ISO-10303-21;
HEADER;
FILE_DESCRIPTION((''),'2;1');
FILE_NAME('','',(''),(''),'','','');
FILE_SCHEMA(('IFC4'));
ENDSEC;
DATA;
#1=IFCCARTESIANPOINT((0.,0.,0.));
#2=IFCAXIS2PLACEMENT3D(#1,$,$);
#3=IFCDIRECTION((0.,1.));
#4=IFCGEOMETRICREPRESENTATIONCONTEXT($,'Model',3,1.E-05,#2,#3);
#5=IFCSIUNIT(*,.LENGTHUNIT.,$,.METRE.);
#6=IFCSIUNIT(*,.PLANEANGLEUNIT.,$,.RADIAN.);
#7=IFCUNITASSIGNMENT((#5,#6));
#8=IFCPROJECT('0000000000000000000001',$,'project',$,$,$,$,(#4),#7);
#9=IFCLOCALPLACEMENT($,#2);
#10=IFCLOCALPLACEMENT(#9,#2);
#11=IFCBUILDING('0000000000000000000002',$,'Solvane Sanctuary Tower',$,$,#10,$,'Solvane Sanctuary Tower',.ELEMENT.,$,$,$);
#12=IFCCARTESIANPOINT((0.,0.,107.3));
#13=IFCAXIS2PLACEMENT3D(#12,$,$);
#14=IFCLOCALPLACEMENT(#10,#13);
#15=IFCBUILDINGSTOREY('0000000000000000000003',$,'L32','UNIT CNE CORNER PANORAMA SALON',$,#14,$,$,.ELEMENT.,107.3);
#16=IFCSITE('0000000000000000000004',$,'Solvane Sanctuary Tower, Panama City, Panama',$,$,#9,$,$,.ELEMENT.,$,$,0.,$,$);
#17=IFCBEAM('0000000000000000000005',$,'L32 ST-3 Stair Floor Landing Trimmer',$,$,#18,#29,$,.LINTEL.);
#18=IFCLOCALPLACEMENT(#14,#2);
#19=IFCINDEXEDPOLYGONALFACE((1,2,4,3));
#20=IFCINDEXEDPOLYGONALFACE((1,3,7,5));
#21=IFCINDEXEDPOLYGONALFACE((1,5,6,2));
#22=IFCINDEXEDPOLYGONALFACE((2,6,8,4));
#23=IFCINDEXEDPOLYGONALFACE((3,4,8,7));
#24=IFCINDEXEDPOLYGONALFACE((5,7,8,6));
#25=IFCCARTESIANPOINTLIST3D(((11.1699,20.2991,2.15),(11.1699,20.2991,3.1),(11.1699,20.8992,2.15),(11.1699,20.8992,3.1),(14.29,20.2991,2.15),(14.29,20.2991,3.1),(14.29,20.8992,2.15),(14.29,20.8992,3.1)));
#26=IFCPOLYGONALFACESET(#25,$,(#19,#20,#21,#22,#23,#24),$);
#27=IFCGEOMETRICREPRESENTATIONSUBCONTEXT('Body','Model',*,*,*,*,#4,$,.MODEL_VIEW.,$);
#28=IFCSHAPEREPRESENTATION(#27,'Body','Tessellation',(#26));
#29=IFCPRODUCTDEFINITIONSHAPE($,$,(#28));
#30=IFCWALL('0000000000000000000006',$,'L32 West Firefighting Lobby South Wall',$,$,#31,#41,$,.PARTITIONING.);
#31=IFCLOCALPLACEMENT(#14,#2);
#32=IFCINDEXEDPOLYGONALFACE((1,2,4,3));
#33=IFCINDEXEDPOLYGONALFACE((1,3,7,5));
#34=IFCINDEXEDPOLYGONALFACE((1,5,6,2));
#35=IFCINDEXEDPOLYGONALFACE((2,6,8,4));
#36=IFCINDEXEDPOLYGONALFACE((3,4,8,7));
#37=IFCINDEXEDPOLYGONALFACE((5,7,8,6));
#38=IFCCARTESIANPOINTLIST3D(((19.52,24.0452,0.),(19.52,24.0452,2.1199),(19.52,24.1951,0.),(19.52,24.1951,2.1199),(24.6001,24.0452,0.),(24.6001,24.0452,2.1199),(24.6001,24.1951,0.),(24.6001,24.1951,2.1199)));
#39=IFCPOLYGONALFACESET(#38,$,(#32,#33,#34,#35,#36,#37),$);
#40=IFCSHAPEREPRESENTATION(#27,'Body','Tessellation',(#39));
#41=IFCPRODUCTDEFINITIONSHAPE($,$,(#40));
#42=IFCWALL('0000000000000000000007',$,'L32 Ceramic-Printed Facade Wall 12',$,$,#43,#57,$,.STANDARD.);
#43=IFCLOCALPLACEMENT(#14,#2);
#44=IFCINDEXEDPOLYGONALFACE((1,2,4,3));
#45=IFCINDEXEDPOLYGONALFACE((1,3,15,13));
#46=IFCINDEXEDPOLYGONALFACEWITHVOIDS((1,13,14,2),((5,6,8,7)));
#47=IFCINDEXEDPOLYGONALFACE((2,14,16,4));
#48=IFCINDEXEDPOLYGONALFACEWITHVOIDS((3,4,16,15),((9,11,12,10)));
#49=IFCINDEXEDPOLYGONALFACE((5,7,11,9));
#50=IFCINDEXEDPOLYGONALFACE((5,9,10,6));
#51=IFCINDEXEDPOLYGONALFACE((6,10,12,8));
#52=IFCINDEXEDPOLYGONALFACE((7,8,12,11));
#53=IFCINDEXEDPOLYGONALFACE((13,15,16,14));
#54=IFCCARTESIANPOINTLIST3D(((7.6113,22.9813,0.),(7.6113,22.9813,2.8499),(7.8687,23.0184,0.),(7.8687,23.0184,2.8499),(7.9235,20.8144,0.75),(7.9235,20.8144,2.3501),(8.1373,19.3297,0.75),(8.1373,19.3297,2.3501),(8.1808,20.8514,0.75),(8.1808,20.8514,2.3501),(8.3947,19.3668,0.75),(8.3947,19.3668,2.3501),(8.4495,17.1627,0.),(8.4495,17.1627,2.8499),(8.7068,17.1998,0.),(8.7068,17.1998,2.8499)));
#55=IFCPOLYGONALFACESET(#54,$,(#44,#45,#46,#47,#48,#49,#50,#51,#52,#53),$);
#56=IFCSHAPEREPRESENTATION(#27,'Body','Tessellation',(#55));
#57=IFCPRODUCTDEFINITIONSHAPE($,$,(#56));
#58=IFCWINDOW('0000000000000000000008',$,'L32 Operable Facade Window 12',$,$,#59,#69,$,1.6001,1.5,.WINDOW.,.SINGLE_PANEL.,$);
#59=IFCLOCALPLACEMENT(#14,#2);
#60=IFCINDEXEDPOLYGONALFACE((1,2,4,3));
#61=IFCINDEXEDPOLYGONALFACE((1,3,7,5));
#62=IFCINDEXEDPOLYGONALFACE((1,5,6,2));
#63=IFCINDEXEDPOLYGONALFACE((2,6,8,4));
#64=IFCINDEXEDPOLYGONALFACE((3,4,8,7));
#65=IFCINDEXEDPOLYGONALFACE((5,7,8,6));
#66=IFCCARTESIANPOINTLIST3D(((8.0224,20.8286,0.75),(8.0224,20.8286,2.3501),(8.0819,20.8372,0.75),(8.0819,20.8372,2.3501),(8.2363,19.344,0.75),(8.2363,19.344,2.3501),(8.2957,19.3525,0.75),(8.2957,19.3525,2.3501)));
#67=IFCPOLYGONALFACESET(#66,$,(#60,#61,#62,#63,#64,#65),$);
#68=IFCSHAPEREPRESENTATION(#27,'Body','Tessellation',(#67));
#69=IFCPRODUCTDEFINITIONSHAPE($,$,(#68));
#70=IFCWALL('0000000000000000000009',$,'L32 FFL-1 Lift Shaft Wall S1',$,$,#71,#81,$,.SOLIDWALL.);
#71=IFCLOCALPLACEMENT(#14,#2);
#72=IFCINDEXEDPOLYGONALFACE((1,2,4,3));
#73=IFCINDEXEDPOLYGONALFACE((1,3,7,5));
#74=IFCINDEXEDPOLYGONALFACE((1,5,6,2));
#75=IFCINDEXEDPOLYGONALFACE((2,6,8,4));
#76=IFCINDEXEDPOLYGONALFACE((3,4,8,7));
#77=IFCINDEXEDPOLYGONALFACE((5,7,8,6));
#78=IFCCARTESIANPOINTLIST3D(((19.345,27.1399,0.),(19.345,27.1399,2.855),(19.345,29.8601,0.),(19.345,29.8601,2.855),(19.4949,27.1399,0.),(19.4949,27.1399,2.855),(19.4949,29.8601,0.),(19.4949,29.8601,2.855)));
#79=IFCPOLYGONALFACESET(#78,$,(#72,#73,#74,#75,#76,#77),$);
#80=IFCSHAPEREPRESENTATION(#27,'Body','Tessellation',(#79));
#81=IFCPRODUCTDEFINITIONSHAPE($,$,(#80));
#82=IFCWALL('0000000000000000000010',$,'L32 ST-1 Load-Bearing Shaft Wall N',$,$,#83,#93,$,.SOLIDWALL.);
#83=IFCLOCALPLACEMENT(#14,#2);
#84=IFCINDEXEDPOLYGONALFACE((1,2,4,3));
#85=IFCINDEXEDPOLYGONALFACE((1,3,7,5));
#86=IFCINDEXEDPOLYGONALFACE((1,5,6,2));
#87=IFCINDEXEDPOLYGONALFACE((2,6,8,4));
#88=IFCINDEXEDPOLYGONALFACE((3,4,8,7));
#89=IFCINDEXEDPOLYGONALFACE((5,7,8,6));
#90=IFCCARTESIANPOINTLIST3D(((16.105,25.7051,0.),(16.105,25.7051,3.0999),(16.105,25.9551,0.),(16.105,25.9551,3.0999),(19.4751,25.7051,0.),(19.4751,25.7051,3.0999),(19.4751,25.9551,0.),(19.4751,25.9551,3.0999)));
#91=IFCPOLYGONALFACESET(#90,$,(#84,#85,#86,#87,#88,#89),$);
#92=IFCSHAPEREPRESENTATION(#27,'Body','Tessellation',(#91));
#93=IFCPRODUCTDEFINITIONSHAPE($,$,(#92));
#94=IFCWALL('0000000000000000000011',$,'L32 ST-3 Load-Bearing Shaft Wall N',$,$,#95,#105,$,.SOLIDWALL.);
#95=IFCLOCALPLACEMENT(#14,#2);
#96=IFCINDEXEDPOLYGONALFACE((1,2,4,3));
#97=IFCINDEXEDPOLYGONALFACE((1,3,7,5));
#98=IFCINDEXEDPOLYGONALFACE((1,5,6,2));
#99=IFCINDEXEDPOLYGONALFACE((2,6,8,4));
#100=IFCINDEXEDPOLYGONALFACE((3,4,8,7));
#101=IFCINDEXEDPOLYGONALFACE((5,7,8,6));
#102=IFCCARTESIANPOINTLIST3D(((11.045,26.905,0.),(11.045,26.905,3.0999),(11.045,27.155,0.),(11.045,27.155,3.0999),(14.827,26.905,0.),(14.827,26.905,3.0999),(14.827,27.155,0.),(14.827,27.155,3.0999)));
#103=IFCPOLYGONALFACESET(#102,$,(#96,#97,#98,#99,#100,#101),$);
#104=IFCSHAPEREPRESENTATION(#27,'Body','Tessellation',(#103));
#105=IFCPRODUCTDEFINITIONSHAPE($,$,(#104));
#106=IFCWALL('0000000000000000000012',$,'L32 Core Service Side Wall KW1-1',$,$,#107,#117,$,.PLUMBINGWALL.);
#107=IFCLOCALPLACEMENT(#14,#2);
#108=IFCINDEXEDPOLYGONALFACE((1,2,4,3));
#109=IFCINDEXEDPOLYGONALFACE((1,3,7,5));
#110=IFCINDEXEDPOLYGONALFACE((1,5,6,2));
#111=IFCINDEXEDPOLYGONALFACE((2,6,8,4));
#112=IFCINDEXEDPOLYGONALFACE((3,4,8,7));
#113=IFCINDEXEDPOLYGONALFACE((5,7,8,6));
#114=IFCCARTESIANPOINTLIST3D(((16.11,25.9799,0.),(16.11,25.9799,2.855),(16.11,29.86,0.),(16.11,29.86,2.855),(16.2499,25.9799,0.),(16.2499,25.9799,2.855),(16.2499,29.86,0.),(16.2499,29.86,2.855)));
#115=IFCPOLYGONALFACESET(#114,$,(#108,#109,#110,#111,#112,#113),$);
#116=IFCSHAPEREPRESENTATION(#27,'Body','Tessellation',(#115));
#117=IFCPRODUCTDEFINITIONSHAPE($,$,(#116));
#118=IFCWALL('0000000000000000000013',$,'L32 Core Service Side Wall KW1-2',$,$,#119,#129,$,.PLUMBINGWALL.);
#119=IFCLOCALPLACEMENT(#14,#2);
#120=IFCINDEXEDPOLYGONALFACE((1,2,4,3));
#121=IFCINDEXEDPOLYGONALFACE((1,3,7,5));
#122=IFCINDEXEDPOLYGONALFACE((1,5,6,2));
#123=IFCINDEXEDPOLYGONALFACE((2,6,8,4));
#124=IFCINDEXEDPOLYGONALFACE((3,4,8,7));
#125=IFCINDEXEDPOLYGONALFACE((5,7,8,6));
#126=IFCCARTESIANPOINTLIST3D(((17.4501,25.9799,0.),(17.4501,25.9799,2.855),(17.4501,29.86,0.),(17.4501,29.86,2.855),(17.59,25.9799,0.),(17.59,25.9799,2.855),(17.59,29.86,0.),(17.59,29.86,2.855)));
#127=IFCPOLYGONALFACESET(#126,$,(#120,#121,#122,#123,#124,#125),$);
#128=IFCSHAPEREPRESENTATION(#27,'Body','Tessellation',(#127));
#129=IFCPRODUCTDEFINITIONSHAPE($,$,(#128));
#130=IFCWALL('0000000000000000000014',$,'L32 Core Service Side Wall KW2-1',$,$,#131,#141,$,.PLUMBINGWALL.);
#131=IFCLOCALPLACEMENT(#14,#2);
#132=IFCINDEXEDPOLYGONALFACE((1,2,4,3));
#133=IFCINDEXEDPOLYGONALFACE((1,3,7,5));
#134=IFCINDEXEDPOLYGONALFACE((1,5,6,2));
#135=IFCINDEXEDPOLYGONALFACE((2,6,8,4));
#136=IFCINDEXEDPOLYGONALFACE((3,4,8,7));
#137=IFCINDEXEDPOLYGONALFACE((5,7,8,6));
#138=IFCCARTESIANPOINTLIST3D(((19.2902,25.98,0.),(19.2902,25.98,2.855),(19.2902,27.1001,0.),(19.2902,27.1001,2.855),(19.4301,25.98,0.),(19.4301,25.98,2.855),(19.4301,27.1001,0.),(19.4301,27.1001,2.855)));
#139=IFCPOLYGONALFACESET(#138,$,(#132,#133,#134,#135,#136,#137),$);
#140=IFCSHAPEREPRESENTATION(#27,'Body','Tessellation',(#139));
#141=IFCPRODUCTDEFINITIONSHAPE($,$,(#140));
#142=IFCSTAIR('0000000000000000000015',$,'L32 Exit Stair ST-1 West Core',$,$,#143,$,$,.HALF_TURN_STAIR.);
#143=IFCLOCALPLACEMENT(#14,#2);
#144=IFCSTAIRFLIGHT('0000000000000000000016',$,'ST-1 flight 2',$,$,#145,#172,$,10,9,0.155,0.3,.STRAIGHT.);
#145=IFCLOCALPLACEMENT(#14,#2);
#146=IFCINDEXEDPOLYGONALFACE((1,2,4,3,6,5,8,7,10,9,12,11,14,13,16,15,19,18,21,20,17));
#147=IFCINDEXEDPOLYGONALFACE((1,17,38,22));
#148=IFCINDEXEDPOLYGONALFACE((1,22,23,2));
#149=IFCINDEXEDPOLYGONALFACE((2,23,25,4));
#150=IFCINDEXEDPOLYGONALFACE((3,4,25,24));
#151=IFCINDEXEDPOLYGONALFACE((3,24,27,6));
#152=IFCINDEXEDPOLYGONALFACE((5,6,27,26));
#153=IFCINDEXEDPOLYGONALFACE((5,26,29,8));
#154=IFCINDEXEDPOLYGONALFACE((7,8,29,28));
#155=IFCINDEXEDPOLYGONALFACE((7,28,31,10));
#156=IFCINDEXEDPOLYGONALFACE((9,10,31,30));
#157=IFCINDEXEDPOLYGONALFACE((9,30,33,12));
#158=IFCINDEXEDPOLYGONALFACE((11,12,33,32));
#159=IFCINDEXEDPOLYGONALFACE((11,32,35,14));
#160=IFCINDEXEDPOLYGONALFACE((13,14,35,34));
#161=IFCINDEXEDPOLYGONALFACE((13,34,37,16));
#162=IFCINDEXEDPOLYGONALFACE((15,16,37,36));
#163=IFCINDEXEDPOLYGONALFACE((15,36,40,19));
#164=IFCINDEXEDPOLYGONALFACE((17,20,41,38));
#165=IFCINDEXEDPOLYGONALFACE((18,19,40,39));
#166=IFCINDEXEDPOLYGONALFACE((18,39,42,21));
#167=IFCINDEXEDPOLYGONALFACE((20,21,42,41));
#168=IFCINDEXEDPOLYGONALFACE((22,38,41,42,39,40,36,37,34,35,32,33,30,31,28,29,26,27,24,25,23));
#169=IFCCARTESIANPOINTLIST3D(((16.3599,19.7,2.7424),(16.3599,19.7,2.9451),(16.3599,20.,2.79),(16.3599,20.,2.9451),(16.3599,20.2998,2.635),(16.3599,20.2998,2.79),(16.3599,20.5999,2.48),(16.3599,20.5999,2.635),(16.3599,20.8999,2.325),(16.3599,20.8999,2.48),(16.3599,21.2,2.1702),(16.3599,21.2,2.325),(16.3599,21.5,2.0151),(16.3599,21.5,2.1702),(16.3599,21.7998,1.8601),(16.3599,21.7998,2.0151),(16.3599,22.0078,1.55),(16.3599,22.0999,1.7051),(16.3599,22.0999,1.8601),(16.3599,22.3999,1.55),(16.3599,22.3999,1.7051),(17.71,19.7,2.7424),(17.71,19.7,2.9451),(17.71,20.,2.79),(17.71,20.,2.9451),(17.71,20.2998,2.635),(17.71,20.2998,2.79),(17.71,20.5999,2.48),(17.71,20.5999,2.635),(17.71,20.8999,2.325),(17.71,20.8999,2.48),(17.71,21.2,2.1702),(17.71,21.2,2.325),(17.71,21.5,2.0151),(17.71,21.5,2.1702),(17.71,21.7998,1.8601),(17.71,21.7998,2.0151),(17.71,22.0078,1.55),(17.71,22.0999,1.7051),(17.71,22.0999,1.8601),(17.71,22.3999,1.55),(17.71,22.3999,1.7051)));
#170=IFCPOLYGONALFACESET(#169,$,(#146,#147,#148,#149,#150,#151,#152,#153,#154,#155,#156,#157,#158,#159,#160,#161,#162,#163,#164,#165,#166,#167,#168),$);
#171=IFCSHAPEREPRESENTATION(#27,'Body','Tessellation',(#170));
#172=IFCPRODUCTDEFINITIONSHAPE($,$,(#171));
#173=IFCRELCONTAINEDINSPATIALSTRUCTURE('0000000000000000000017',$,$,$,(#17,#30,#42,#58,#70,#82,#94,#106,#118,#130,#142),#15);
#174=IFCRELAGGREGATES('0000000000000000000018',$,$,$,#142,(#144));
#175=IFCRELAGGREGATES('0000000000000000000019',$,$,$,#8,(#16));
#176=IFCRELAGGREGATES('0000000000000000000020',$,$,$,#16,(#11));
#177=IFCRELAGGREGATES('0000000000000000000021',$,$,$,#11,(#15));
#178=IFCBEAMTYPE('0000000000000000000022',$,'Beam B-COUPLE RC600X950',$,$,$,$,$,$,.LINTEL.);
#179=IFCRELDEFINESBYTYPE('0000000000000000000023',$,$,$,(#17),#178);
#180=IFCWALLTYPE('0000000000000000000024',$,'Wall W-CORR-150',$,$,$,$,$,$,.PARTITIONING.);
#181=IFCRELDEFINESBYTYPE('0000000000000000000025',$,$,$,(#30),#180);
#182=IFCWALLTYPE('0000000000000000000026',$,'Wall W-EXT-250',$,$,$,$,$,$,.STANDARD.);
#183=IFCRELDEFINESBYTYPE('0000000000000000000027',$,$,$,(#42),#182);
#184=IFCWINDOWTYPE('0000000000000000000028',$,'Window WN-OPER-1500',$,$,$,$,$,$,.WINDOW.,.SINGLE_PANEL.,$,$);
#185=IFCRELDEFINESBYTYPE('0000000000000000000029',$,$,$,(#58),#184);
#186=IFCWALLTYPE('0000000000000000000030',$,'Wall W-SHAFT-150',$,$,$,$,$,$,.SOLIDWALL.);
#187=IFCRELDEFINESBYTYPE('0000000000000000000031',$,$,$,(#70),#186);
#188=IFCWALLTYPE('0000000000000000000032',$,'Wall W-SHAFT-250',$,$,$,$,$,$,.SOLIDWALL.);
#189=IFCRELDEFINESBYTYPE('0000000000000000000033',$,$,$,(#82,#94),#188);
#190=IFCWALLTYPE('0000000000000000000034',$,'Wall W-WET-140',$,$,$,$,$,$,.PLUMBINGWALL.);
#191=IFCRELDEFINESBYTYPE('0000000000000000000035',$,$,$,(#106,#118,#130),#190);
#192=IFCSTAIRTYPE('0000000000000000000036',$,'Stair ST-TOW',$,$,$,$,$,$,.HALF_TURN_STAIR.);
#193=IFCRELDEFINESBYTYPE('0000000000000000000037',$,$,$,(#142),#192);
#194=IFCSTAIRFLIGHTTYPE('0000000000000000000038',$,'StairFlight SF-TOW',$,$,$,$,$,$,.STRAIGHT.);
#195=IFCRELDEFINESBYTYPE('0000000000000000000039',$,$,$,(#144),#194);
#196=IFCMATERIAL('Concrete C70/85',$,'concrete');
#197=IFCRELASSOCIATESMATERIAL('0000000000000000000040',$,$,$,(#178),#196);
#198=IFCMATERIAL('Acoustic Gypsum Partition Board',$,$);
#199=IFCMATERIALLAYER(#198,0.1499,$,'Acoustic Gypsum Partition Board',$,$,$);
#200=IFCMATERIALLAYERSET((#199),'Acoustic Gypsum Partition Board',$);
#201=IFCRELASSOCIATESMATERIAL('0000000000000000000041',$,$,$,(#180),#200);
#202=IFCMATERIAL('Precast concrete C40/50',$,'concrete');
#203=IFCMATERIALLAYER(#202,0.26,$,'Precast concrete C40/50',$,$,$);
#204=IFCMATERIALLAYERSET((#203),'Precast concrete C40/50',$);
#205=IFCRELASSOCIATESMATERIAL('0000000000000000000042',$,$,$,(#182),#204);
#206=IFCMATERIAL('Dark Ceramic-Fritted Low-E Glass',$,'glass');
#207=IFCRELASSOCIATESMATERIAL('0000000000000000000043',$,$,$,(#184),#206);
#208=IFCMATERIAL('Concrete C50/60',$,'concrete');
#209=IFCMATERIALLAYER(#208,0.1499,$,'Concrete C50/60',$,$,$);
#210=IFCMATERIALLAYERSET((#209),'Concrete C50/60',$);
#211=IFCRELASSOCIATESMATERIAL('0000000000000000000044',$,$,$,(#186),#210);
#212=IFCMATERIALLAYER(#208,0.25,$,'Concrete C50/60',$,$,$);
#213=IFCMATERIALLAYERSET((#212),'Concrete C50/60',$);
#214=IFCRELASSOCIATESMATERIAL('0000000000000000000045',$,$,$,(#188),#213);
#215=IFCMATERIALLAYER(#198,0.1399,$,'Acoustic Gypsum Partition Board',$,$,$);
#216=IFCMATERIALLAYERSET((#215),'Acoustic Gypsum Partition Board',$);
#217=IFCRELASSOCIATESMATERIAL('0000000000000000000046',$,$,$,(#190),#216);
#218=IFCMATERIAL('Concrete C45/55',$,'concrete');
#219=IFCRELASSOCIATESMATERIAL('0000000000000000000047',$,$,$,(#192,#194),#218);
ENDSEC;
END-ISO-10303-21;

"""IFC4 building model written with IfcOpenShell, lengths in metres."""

from ifc_helpers import new_model, si_unit, direction, frame, frame_2d, origin, origin_2d, place, context, subcontext, project, spatial, polyline, rectangle, outline, extrude, material, layer, layer_set, material_profile, profile_set, type_object, element, fill, aggregate, save


model = new_model("IFC4")

# Units and contexts
model_context = context("Model", 3, precision=1e-05, world=origin(), true_north=direction((0.0, 1.0)))
body_context = subcontext(model_context, "Body", "Model", "MODEL_VIEW")
ifc_project = project(units=[si_unit("LENGTHUNIT", "METRE"), si_unit("PLANEANGLEUNIT", "RADIAN")], contexts=[model_context])

# Site, building, storey
site_placement = place(None, origin())
site = spatial("IfcSite", under=ifc_project, at=site_placement, Name="Solvane Sanctuary Tower, Panama City, Panama", CompositionType="ELEMENT", RefElevation=0.0)
building_placement = place(site_placement, origin())
building = spatial("IfcBuilding", under=site, at=building_placement, Name="Solvane Sanctuary Tower", LongName="Solvane Sanctuary Tower", CompositionType="ELEMENT")
storey_placement = place(building_placement, frame((0.0, 0.0, 107.3)))
storey = spatial("IfcBuildingStorey", under=building, at=storey_placement, Name="L32", Description="UNIT CNE CORNER PANORAMA SALON", CompositionType="ELEMENT", Elevation=107.3)

# Beam
ifc_material_1 = material(Name="Concrete C70/85", Category="concrete")
ifc_material_profile = material_profile(ifc_material_1, rectangle(XDim=0.6001, YDim=0.95, at=origin_2d()), Name="RC600X950")
ifc_profile_set = profile_set([ifc_material_profile], Name="Concrete C70/85")
beam_type = type_object("IfcBeamType", Name="Beam B-COUPLE RC600X950", PredefinedType="LINTEL", material=ifc_profile_set)
beam_placement = place(storey_placement, frame((11.1699, 20.5991, 2.625), z_axis=(1.0, 0.0, 0.0), x_axis=(0.0, 1.0, 0.0)))
element("IfcBeam", 1, at=beam_placement, inside=storey, type_object=beam_type, Name="L32 ST-3 Stair Floor Landing Trimmer", PredefinedType="LINTEL", context=body_context, shape_type="SweptSolid", body=[
    extrude(rectangle(XDim=0.6001, YDim=0.95, at=origin_2d()), origin(), (0.0, 0.0, 1.0), 3.1201),
])

# Wall
ifc_material_2 = material(Name="Acoustic Gypsum Partition Board")
ifc_layer_1 = layer(ifc_material_2, 0.1499, Name="Acoustic Gypsum Partition Board")
ifc_layer_set_1 = layer_set([ifc_layer_1], Name="Acoustic Gypsum Partition Board")
wall_type_1 = type_object("IfcWallType", Name="Wall W-CORR-150", PredefinedType="PARTITIONING", material=ifc_layer_set_1)
wall_1_placement = place(storey_placement, frame((19.52, 24.1201, 0.0), z_axis=(0.0, 0.0, 1.0), x_axis=(1.0, 0.0, 0.0)))
element("IfcWall", 2, at=wall_1_placement, inside=storey, type_object=wall_type_1, Name="L32 West Firefighting Lobby South Wall", PredefinedType="PARTITIONING", context=body_context, shape_type="SweptSolid", body=[
    extrude(rectangle(XDim=5.0801, YDim=0.1499, at=frame_2d((2.54, 0.0))), origin(), (0.0, 0.0, 1.0), 2.1199),
])

# Wall, opening, window
ifc_material_3 = material(Name="Precast concrete C40/50", Category="concrete")
ifc_layer_2 = layer(ifc_material_3, 0.26, Name="Precast concrete C40/50")
ifc_layer_set_2 = layer_set([ifc_layer_2], Name="Precast concrete C40/50")
wall_type_2 = type_object("IfcWallType", Name="Wall W-EXT-250", PredefinedType="STANDARD", material=ifc_layer_set_2)
wall_2_placement = place(storey_placement, frame((7.74, 23.0, 0.0), z_axis=(0.0, 0.0, 1.0), x_axis=(0.142572, -0.989784, 0.0)))
wall_2 = element("IfcWall", 3, at=wall_2_placement, inside=storey, type_object=wall_type_2, Name="L32 Ceramic-Printed Facade Wall 12", PredefinedType="STANDARD", context=body_context, shape_type="SweptSolid", body=[
    extrude(rectangle(XDim=5.8787, YDim=0.26, at=frame_2d((2.9395, 0.0))), origin(), (0.0, 0.0, 1.0), 2.8499),
])
opening_placement = place(wall_2_placement, frame((2.1895, 0.0, 0.75)))
opening = element("IfcOpeningElement", 4, at=opening_placement, cuts=wall_2, PredefinedType="OPENING", context=body_context, shape_type="SweptSolid", body=[
    extrude(rectangle(XDim=1.5, YDim=1.6001, at=frame_2d((0.75, 0.8))), frame((0.0, 0.1399, 0.0), z_axis=(0.0, -1.0, 0.0), x_axis=(1.0, 0.0, 0.0)), (0.0, 0.0, 1.0), 0.28),
])
ifc_material_4 = material(Name="Dark Ceramic-Fritted Low-E Glass", Category="glass")
window_type = type_object("IfcWindowType", Name="Window WN-OPER-1500", PartitioningType="SINGLE_PANEL", PredefinedType="WINDOW", material=ifc_material_4)
window_placement = place(opening_placement, origin())
window = element("IfcWindow", 5, at=window_placement, inside=storey, type_object=window_type, Name="L32 Operable Facade Window 12", OverallHeight=1.6001, OverallWidth=1.5, PartitioningType="SINGLE_PANEL", PredefinedType="WINDOW", context=body_context, shape_type="SweptSolid", body=[
    extrude(rectangle(XDim=1.5, YDim=1.6001, at=frame_2d((0.75, 0.8))), frame((0.0, 0.03, 0.0), z_axis=(0.0, -1.0, 0.0), x_axis=(1.0, 0.0, 0.0)), (0.0, 0.0, 1.0), 0.0601),
])
fill(opening, window)

# Walls
ifc_material_5 = material(Name="Concrete C50/60", Category="concrete")
ifc_layer_3 = layer(ifc_material_5, 0.1499, Name="Concrete C50/60")
ifc_layer_set_3 = layer_set([ifc_layer_3], Name="Concrete C50/60")
wall_type_3 = type_object("IfcWallType", Name="Wall W-SHAFT-150", PredefinedType="SOLIDWALL", material=ifc_layer_set_3)
wall_3_placement = place(storey_placement, frame((19.4199, 27.1399, 0.0), z_axis=(0.0, 0.0, 1.0), x_axis=(0.0, 1.0, 0.0)))
element("IfcWall", 6, at=wall_3_placement, inside=storey, type_object=wall_type_3, Name="L32 FFL-1 Lift Shaft Wall S1", PredefinedType="SOLIDWALL", context=body_context, shape_type="SweptSolid", body=[
    extrude(rectangle(XDim=2.7202, YDim=0.1499, at=frame_2d((1.3601, 0.0))), origin(), (0.0, 0.0, 1.0), 2.855),
])
ifc_layer_4 = layer(ifc_material_5, 0.25, Name="Concrete C50/60")
ifc_layer_set_4 = layer_set([ifc_layer_4], Name="Concrete C50/60")
wall_type_4 = type_object("IfcWallType", Name="Wall W-SHAFT-250", PredefinedType="SOLIDWALL", material=ifc_layer_set_4)
wall_4_placement = place(storey_placement, frame((16.105, 25.8301, 0.0), z_axis=(0.0, 0.0, 1.0), x_axis=(1.0, 0.0, 0.0)))
element("IfcWall", 7, at=wall_4_placement, inside=storey, type_object=wall_type_4, Name="L32 ST-1 Load-Bearing Shaft Wall N", PredefinedType="SOLIDWALL", context=body_context, shape_type="SweptSolid", body=[
    extrude(rectangle(XDim=3.3701, YDim=0.25, at=frame_2d((1.6851, 0.0))), origin(), (0.0, 0.0, 1.0), 3.0999),
])
wall_5_placement = place(storey_placement, frame((11.0449, 27.03, 0.0), z_axis=(0.0, 0.0, 1.0), x_axis=(1.0, 0.0, 0.0)))
element("IfcWall", 8, at=wall_5_placement, inside=storey, type_object=wall_type_4, Name="L32 ST-3 Load-Bearing Shaft Wall N", PredefinedType="SOLIDWALL", context=body_context, shape_type="SweptSolid", body=[
    extrude(rectangle(XDim=3.782, YDim=0.25, at=frame_2d((1.8911, 0.0))), origin(), (0.0, 0.0, 1.0), 3.0999),
])
ifc_layer_5 = layer(ifc_material_2, 0.1399, Name="Acoustic Gypsum Partition Board")
ifc_layer_set_5 = layer_set([ifc_layer_5], Name="Acoustic Gypsum Partition Board")
wall_type_5 = type_object("IfcWallType", Name="Wall W-WET-140", PredefinedType="PLUMBINGWALL", material=ifc_layer_set_5)
for number, where, z_axis, x_axis, name in (
    (9, (16.1799, 25.98, 0.0), (0.0, 0.0, 1.0), (0.0, 1.0, 0.0), "L32 Core Service Side Wall KW1-1"),
    (10, (17.52, 25.98, 0.0), (0.0, 0.0, 1.0), (0.0, 1.0, 0.0), "L32 Core Service Side Wall KW1-2"),
):
    element("IfcWall", number, at=place(storey_placement, frame(where, z_axis=z_axis, x_axis=x_axis)), inside=storey, type_object=wall_type_5, Name=name, PredefinedType="PLUMBINGWALL", context=body_context, shape_type="SweptSolid", body=[
        extrude(rectangle(XDim=3.8801, YDim=0.1399, at=frame_2d((1.9399, 0.0))), origin(), (0.0, 0.0, 1.0), 2.855),
    ])
wall_6_placement = place(storey_placement, frame((19.3601, 25.98, 0.0), z_axis=(0.0, 0.0, 1.0), x_axis=(0.0, 1.0, 0.0)))
element("IfcWall", 11, at=wall_6_placement, inside=storey, type_object=wall_type_5, Name="L32 Core Service Side Wall KW2-1", PredefinedType="PLUMBINGWALL", context=body_context, shape_type="SweptSolid", body=[
    extrude(rectangle(XDim=1.1201, YDim=0.1399, at=frame_2d((0.5601, 0.0))), origin(), (0.0, 0.0, 1.0), 2.855),
])

# Stair, stair flight
ifc_material_6 = material(Name="Concrete C45/55", Category="concrete")
stair_type = type_object("IfcStairType", Name="Stair ST-TOW", PredefinedType="HALF_TURN_STAIR", material=ifc_material_6)
stair_1_placement = place(storey_placement, origin())
stair_1 = element("IfcStair", 12, at=stair_1_placement, inside=storey, type_object=stair_type, Name="L32 Exit Stair ST-1 West Core", PredefinedType="HALF_TURN_STAIR")
stair_flight_type = type_object("IfcStairFlightType", Name="StairFlight SF-TOW", PredefinedType="STRAIGHT", material=ifc_material_6)
stair_flight_1_placement = place(storey_placement, frame((17.0349, 22.3999, 1.55), z_axis=(0.0, 0.0, 1.0), x_axis=(0.0, -1.0, 0.0)))
stair_flight_1 = element("IfcStairFlight", 13, at=stair_flight_1_placement, type_object=stair_flight_type, Name="ST-1 flight 2", NumberOfRisers=10, NumberOfTreads=9, PredefinedType="STRAIGHT", RiserHeight=0.155, TreadLength=0.3, context=body_context, shape_type="SweptSolid", body=[
    extrude(outline(polyline([(0.0, 0.0), (0.0, 0.155), (0.3, 0.155), (0.3, 0.3101), (0.6001, 0.3101), (0.6001, 0.4651), (0.8999, 0.4651), (0.8999, 0.6201), (1.2, 0.6201), (1.2, 0.7749), (1.5, 0.7749), (1.5, 0.9299), (1.8, 0.9299), (1.8, 1.085), (2.1001, 1.085), (2.1001, 1.24), (2.3999, 1.24), (2.3999, 1.395), (2.7, 1.395), (2.7, 1.55), (2.7, 1.1924), (0.3921, 0.0), (0.0, 0.0)])), frame((0.0, 0.675, 0.0), z_axis=(0.0, -1.0, 0.0), x_axis=(1.0, 0.0, 0.0)), (0.0, 0.0, 1.0), 1.3501),
])
aggregate(stair_1, [stair_flight_1])

save(model, "model.ifc")
